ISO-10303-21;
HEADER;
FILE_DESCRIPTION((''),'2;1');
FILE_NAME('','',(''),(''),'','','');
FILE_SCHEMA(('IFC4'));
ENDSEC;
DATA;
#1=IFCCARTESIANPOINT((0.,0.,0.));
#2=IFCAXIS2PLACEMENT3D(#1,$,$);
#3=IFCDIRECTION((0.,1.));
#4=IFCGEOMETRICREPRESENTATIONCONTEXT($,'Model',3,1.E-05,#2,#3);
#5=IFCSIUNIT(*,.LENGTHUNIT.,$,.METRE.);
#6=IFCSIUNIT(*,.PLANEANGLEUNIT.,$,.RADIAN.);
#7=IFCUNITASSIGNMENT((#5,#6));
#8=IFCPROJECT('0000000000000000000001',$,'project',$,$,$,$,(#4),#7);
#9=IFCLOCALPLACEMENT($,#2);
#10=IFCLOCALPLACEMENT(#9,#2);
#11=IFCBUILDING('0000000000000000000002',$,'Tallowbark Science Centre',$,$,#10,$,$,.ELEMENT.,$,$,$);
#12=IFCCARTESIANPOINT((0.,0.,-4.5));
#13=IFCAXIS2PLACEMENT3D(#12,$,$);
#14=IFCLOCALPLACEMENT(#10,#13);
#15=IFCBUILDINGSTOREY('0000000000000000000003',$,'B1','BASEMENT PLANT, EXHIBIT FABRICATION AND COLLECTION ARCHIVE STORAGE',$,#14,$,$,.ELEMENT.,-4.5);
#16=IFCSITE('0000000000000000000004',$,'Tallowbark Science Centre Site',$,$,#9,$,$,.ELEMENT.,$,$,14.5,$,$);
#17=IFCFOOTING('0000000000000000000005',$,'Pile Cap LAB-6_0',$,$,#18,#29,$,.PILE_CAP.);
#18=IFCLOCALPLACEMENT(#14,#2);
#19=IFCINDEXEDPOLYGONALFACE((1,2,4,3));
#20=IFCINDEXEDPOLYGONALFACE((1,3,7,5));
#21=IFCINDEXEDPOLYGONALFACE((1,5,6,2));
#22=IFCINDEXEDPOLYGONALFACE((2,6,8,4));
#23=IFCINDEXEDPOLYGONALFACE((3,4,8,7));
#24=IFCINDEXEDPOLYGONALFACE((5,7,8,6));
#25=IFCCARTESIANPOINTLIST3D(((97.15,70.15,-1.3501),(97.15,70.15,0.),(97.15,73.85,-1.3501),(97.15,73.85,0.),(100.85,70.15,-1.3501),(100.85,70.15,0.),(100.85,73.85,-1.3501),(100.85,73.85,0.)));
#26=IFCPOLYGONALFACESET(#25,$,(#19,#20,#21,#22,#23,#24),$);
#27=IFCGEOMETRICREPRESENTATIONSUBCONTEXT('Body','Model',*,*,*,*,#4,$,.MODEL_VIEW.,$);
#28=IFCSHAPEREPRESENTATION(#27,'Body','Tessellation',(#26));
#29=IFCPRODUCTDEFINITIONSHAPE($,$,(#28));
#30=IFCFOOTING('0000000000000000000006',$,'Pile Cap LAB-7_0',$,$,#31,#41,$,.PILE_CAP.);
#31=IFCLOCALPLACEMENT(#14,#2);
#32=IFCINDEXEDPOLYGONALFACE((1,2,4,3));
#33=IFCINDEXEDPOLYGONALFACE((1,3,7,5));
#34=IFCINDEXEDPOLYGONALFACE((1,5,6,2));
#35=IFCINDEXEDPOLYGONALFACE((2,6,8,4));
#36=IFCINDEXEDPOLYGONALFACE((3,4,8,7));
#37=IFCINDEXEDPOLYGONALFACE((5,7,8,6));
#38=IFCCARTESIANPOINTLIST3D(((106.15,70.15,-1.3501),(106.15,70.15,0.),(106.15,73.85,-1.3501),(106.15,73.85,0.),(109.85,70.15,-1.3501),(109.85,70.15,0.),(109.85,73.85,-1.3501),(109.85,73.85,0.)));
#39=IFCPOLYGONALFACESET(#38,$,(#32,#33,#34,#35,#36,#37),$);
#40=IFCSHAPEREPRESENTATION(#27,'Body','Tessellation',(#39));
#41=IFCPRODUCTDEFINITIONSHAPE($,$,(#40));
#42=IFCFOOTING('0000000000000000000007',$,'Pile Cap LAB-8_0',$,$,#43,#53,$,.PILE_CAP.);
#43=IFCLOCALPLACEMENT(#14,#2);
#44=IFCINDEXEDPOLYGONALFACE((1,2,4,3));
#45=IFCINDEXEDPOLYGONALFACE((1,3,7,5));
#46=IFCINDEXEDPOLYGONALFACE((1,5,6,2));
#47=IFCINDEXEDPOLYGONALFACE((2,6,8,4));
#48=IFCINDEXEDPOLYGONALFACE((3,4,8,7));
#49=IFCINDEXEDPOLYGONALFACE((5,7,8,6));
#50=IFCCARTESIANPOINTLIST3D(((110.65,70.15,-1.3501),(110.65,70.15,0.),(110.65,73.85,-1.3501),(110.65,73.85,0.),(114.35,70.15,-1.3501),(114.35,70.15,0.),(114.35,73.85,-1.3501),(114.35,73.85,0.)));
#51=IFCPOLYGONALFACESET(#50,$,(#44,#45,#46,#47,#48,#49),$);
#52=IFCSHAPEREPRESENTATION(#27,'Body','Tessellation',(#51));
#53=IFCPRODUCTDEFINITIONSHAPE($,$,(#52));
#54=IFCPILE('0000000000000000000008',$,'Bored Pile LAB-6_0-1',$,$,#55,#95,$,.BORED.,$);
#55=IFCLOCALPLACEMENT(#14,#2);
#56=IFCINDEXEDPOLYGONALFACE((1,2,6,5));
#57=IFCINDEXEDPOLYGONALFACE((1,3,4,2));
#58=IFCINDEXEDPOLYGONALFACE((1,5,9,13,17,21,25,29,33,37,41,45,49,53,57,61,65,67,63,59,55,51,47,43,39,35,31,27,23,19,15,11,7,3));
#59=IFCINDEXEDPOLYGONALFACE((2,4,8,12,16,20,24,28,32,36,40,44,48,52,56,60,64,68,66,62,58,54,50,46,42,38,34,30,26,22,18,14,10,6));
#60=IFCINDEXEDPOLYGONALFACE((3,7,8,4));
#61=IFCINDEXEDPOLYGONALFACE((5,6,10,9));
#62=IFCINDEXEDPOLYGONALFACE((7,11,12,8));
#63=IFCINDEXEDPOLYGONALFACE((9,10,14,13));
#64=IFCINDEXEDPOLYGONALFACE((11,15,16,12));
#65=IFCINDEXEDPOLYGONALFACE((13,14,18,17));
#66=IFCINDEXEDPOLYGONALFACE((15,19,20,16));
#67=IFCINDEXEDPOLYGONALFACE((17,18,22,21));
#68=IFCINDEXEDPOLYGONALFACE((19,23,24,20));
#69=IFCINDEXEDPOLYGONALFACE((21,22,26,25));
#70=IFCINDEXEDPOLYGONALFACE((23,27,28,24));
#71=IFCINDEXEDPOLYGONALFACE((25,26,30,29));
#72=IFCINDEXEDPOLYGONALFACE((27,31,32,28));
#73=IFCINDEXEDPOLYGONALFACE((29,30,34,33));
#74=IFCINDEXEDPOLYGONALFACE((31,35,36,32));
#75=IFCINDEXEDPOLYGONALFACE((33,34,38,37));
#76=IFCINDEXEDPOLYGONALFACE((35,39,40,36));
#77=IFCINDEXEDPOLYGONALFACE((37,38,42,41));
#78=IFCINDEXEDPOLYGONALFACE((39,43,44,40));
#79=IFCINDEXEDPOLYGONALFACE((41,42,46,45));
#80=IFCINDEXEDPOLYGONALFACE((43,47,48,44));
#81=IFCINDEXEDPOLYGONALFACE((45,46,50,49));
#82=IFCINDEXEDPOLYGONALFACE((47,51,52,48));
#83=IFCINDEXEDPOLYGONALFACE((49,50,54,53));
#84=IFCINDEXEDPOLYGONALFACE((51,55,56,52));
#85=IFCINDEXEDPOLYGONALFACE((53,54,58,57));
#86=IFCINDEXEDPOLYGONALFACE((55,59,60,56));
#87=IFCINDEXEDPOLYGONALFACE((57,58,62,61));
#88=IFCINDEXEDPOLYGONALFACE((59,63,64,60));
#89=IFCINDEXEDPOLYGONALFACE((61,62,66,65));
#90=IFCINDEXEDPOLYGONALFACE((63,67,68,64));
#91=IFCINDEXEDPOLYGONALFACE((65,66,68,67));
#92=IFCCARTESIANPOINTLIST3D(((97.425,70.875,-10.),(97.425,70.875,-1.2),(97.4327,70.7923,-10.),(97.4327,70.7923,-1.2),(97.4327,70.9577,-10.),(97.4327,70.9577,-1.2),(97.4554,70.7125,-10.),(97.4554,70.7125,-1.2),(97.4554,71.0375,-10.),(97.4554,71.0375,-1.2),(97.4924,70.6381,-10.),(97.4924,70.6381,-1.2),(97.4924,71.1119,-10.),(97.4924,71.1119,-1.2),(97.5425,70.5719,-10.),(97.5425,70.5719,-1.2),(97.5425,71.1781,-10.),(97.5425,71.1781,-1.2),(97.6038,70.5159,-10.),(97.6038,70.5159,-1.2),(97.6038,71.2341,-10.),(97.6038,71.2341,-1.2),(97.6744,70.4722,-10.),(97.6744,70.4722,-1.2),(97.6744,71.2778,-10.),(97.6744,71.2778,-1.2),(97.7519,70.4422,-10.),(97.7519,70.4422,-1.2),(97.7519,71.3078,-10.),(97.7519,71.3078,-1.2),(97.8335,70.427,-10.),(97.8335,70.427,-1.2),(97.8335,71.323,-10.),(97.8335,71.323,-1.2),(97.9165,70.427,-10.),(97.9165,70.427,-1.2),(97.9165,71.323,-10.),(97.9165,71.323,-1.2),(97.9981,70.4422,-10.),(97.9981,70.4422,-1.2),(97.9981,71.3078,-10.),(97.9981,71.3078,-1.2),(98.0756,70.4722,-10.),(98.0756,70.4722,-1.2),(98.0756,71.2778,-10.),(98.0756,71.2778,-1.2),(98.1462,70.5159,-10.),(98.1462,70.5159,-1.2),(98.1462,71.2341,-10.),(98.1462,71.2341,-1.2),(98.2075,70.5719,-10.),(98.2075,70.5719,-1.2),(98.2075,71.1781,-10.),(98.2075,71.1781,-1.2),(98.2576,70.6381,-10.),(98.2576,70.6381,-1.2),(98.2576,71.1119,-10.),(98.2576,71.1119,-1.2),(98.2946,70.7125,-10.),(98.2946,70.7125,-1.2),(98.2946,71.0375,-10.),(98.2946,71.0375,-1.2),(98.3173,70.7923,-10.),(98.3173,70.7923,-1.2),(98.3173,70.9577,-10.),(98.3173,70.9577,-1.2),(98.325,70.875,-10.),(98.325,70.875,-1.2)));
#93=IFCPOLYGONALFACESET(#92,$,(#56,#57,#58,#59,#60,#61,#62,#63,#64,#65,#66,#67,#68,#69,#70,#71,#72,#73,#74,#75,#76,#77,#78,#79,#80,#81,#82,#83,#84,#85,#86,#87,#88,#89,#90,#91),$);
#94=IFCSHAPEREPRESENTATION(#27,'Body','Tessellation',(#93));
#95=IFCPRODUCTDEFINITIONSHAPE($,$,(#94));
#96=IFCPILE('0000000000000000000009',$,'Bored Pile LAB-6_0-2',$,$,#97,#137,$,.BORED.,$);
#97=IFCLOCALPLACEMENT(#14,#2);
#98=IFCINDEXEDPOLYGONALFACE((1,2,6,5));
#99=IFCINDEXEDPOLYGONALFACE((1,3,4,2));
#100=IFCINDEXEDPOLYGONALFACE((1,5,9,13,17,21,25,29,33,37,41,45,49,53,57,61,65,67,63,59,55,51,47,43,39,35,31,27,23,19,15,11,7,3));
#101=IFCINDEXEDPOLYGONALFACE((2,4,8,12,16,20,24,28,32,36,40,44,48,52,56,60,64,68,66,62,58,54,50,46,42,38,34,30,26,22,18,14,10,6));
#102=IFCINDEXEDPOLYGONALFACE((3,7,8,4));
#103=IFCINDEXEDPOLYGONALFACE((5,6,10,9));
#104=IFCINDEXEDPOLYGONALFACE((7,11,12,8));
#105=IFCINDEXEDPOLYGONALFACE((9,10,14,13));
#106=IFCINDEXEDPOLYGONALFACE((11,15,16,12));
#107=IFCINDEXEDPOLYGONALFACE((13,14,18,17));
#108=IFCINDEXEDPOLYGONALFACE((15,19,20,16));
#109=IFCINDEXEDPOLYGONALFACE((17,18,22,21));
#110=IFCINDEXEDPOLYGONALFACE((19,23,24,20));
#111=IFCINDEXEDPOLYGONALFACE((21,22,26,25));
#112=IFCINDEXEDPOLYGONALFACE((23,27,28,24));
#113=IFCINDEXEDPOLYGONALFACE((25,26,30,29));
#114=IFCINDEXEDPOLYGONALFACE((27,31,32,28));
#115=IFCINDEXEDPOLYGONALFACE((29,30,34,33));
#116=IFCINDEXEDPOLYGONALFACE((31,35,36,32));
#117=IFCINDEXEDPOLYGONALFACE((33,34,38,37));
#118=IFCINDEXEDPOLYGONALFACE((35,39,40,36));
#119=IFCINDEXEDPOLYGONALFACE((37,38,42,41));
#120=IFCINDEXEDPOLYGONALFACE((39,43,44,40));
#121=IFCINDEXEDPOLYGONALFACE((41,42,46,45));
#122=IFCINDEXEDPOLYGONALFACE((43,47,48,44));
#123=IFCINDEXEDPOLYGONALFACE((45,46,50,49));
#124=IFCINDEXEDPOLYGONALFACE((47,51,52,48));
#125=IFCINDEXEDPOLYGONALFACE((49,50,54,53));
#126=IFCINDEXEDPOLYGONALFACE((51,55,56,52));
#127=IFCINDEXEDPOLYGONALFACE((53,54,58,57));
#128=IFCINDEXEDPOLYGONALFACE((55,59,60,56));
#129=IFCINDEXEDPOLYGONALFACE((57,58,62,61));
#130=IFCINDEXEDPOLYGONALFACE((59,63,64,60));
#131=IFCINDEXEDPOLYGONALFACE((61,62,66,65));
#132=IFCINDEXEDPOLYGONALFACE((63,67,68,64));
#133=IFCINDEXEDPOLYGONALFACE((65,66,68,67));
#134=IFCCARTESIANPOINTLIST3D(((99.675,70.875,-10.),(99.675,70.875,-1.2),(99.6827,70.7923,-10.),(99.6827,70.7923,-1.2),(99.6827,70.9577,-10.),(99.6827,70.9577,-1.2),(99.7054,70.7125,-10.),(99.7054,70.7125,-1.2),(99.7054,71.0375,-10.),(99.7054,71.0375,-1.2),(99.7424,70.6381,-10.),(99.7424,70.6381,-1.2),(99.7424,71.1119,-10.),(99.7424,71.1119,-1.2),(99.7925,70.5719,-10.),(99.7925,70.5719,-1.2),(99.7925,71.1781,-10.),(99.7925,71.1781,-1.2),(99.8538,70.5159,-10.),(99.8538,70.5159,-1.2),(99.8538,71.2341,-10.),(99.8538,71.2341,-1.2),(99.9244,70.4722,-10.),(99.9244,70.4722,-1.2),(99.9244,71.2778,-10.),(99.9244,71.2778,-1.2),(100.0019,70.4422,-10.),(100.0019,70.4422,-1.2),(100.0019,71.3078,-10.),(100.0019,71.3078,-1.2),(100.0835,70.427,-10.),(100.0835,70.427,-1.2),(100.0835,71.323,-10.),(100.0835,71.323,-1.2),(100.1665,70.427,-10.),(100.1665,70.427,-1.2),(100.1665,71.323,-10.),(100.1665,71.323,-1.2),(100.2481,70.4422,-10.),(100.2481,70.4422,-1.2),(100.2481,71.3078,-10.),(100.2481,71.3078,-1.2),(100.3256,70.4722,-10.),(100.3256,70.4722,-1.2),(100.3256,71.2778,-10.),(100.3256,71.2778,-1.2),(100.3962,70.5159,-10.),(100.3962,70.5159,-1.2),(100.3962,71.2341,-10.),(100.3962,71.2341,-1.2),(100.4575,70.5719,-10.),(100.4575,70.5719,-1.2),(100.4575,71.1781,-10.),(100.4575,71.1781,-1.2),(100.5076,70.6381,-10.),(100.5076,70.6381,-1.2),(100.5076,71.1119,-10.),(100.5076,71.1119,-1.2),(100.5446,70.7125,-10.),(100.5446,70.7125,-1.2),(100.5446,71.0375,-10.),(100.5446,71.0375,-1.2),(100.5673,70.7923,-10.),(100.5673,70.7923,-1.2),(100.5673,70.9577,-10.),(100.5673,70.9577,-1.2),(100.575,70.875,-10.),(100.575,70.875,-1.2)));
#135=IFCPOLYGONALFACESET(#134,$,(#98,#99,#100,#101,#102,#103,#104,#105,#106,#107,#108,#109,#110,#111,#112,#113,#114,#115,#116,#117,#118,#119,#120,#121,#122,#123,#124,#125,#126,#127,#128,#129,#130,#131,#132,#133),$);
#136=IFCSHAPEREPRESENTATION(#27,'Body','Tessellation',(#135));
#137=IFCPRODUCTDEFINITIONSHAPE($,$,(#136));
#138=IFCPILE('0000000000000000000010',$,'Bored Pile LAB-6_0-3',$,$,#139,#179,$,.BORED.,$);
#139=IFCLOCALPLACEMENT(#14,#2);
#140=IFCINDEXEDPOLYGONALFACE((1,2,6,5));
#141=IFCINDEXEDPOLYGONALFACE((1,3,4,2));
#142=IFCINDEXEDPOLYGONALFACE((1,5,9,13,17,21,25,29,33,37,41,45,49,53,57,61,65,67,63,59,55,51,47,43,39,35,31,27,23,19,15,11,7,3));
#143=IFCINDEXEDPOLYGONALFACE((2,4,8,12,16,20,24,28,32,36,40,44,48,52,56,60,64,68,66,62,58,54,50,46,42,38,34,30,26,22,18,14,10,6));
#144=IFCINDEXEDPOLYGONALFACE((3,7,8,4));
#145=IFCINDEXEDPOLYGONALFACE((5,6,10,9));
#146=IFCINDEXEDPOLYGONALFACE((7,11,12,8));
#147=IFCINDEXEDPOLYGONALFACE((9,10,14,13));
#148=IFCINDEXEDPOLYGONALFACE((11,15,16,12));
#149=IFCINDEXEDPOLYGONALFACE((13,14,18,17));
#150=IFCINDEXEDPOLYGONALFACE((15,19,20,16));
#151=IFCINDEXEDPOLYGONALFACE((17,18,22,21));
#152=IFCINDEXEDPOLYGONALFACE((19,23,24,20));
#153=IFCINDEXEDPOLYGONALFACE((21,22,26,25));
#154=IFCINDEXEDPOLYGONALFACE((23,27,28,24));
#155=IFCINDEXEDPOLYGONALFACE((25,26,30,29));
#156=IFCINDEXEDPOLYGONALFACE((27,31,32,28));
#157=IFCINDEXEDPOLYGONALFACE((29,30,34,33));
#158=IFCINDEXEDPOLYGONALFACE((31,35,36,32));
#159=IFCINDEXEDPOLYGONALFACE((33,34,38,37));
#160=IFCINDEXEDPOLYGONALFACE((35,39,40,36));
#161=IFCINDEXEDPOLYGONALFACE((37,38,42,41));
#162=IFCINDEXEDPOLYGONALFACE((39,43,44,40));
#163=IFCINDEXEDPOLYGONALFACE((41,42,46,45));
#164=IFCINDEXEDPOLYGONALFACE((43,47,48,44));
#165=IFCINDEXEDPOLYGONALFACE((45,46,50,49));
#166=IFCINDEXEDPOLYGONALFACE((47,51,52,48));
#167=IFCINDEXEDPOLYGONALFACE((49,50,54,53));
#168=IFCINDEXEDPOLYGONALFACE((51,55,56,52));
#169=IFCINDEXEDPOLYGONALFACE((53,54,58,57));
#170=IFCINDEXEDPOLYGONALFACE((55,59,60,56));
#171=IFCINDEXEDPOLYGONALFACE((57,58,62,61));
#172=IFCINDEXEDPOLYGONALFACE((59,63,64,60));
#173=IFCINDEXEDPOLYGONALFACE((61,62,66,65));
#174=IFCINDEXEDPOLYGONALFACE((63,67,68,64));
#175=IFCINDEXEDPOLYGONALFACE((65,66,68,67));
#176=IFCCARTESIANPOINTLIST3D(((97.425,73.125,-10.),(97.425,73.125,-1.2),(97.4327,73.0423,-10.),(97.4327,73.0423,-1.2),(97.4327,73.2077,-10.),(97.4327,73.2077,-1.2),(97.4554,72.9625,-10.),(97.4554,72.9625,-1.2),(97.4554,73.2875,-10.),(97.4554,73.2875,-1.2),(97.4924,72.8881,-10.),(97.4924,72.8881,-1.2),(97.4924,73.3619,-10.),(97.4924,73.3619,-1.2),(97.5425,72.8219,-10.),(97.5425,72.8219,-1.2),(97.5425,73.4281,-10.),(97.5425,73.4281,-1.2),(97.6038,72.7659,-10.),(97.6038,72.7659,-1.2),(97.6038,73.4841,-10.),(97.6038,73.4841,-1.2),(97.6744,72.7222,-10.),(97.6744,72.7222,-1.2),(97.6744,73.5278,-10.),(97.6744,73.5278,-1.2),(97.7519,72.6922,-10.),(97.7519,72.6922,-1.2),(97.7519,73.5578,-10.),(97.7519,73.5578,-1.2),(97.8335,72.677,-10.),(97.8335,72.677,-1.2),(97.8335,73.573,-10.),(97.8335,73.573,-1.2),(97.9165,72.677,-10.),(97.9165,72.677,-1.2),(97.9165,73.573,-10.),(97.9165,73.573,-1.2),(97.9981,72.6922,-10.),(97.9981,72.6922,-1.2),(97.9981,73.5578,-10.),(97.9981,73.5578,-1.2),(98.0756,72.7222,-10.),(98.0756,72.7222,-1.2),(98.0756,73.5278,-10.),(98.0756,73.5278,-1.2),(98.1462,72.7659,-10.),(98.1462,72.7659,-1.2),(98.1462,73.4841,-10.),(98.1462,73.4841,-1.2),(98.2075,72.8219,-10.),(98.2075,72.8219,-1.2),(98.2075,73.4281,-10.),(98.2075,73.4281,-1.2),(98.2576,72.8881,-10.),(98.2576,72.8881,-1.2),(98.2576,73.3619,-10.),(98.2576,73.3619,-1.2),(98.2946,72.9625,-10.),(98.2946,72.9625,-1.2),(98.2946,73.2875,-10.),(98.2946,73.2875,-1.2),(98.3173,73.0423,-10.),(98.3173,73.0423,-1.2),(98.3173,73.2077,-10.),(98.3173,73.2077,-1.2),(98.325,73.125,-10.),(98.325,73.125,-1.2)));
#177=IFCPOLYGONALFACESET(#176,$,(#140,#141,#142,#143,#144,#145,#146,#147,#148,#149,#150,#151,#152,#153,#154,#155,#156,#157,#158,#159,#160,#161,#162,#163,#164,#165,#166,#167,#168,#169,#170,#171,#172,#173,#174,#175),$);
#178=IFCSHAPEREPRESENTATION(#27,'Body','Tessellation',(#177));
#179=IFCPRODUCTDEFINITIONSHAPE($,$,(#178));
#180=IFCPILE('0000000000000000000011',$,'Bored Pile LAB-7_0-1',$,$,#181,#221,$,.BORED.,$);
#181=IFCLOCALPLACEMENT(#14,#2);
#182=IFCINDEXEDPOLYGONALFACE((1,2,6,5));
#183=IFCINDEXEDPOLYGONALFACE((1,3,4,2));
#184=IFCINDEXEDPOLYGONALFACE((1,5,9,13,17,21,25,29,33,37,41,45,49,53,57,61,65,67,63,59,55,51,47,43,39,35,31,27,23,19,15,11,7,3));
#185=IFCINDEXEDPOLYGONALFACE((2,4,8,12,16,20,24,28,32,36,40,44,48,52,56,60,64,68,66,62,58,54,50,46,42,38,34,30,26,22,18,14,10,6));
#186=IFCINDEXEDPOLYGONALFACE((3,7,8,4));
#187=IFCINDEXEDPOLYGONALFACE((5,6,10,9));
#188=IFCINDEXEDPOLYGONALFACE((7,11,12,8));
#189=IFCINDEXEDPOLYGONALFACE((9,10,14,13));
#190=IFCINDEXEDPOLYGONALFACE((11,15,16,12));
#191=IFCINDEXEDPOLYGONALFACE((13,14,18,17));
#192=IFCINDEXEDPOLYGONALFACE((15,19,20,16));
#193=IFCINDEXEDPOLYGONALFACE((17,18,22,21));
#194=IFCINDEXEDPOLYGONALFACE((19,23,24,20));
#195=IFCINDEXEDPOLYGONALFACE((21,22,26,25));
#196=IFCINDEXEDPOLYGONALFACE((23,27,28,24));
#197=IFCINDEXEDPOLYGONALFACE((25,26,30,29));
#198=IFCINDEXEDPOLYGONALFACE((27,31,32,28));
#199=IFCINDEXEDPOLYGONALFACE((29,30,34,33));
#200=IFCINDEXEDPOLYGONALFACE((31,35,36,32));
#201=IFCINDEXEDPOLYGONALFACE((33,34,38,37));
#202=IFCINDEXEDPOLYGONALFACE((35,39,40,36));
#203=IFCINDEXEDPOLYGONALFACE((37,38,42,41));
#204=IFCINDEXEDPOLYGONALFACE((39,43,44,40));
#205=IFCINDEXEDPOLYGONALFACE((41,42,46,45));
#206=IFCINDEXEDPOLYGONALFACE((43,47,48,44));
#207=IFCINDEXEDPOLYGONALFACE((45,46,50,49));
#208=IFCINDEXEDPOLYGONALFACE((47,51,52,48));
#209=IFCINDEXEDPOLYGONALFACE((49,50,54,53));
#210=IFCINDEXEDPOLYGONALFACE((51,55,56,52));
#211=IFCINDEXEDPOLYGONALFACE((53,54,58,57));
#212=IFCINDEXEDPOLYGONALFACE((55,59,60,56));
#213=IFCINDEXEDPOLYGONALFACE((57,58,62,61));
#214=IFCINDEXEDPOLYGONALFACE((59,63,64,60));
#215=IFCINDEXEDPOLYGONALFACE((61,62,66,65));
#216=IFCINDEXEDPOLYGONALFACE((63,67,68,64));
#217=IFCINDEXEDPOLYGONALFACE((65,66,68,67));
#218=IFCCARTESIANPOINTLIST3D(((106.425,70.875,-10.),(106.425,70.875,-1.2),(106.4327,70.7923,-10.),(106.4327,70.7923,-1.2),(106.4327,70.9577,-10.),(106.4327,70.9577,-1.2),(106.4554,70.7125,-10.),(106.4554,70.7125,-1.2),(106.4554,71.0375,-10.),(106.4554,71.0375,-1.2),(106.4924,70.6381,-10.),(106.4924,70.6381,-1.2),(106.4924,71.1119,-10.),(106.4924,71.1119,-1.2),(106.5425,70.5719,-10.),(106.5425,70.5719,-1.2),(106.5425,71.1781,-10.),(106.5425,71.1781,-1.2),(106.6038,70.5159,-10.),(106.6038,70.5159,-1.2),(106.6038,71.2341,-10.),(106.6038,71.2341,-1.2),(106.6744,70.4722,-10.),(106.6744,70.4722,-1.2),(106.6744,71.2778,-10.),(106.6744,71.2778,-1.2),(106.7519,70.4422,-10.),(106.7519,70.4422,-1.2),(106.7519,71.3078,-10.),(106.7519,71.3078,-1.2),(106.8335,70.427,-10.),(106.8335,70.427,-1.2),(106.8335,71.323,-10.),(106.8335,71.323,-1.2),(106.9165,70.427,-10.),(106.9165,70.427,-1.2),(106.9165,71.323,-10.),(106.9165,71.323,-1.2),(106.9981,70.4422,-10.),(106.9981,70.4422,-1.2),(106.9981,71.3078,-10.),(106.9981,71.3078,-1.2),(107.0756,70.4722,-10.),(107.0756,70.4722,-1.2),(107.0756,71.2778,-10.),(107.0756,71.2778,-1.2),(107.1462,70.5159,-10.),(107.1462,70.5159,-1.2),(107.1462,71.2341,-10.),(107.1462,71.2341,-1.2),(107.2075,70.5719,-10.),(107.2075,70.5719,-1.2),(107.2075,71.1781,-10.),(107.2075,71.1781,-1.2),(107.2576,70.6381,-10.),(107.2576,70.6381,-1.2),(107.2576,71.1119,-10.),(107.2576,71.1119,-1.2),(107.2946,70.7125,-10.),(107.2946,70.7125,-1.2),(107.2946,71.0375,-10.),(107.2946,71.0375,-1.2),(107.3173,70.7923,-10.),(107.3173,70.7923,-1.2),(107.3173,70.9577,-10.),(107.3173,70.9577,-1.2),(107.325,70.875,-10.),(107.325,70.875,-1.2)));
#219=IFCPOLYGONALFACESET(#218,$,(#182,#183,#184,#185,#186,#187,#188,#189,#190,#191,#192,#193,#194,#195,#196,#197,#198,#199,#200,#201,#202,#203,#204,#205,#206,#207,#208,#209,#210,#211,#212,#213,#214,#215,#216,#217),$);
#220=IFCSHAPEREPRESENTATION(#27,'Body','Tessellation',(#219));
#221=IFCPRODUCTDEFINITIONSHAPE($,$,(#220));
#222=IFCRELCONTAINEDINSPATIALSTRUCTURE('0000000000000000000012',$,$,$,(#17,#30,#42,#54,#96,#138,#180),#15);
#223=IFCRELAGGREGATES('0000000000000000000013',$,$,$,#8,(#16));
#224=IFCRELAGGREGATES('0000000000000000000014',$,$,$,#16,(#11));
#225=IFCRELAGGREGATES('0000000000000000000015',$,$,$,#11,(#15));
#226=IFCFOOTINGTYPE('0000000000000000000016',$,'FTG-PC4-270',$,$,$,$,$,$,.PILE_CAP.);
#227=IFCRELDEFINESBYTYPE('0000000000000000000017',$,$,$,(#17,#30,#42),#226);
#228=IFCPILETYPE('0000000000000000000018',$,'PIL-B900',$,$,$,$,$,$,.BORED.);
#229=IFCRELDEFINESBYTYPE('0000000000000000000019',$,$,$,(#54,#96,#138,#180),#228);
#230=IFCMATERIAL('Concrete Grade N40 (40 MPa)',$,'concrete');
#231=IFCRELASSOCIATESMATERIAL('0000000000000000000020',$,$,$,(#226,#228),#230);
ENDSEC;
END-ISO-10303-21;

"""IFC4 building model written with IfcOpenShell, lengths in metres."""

from ifc_helpers import new_model, si_unit, direction, frame, origin, origin_2d, place, context, subcontext, project, spatial, rectangle, circle, extrude, material, material_profile, profile_set, type_object, element, save


model = new_model("IFC4")

# Units and contexts
model_context = context("Model", 3, precision=1e-05, world=origin(), true_north=direction((0.0, 1.0)))
body_context = subcontext(model_context, "Body", "Model", "MODEL_VIEW")
ifc_project = project(units=[si_unit("LENGTHUNIT", "METRE"), si_unit("PLANEANGLEUNIT", "RADIAN")], contexts=[model_context])

# Site, building, storey
site_placement = place(None, origin())
site = spatial("IfcSite", under=ifc_project, at=site_placement, Name="Tallowbark Science Centre Site", CompositionType="ELEMENT", RefElevation=14.5)
building_placement = place(site_placement, origin())
building = spatial("IfcBuilding", under=site, at=building_placement, Name="Tallowbark Science Centre", CompositionType="ELEMENT")
storey_placement = place(building_placement, frame((0.0, 0.0, -4.5)))
storey = spatial("IfcBuildingStorey", under=building, at=storey_placement, Name="B1", Description="BASEMENT PLANT, EXHIBIT FABRICATION AND COLLECTION ARCHIVE STORAGE", CompositionType="ELEMENT", Elevation=-4.5)

# Footings
ifc_material_1 = material(Name="Concrete Grade N40 (40 MPa)", Category="concrete")
footing_type = type_object("IfcFootingType", Name="FTG-PC4-270", PredefinedType="PILE_CAP", material=ifc_material_1)
for number, where, z_axis, x_axis, name in (
    (1, (99.0, 72.0, -1.3501), (0.0, 0.0, 1.0), (1.0, 0.0, 0.0), "Pile Cap LAB-6_0"),
    (2, (108.0, 72.0, -1.3501), (0.0, 0.0, 1.0), (1.0, 0.0, 0.0), "Pile Cap LAB-7_0"),
    (3, (112.5, 72.0, -1.3501), (0.0, 0.0, 1.0), (1.0, 0.0, 0.0), "Pile Cap LAB-8_0"),
):
    element("IfcFooting", number, at=place(storey_placement, frame(where, z_axis=z_axis, x_axis=x_axis)), inside=storey, type_object=footing_type, Name=name, PredefinedType="PILE_CAP", context=body_context, shape_type="SweptSolid", body=[
        extrude(rectangle(XDim=3.7, YDim=3.7, at=origin_2d()), origin(), (0.0, 0.0, 1.0), 1.3501),
    ])

# Piles
ifc_material_profile_1 = material_profile(ifc_material_1, circle(Radius=0.45, at=origin_2d()), Name="PILE900")
ifc_profile_set_1 = profile_set([ifc_material_profile_1], Name="Concrete Grade N40 (40 MPa)")
pile_type = type_object("IfcPileType", Name="PIL-B900", PredefinedType="BORED", material=ifc_profile_set_1)
for number, where, z_axis, x_axis, name in (
    (4, (97.875, 70.875, -1.2), (0.0, 0.0, -1.0), (1.0, 0.0, 0.0), "Bored Pile LAB-6_0-1"),
    (5, (100.125, 70.875, -1.2), (0.0, 0.0, -1.0), (1.0, 0.0, 0.0), "Bored Pile LAB-6_0-2"),
    (6, (97.875, 73.125, -1.2), (0.0, 0.0, -1.0), (1.0, 0.0, 0.0), "Bored Pile LAB-6_0-3"),
    (7, (106.875, 70.875, -1.2), (0.0, 0.0, -1.0), (1.0, 0.0, 0.0), "Bored Pile LAB-7_0-1"),
):
    element("IfcPile", number, at=place(storey_placement, frame(where, z_axis=z_axis, x_axis=x_axis)), inside=storey, type_object=pile_type, Name=name, PredefinedType="BORED", context=body_context, shape_type="SweptSolid", body=[
        extrude(circle(Radius=0.45, at=origin_2d()), origin(), (0.0, 0.0, 1.0), 8.8),
    ])

save(model, "model.ifc")
